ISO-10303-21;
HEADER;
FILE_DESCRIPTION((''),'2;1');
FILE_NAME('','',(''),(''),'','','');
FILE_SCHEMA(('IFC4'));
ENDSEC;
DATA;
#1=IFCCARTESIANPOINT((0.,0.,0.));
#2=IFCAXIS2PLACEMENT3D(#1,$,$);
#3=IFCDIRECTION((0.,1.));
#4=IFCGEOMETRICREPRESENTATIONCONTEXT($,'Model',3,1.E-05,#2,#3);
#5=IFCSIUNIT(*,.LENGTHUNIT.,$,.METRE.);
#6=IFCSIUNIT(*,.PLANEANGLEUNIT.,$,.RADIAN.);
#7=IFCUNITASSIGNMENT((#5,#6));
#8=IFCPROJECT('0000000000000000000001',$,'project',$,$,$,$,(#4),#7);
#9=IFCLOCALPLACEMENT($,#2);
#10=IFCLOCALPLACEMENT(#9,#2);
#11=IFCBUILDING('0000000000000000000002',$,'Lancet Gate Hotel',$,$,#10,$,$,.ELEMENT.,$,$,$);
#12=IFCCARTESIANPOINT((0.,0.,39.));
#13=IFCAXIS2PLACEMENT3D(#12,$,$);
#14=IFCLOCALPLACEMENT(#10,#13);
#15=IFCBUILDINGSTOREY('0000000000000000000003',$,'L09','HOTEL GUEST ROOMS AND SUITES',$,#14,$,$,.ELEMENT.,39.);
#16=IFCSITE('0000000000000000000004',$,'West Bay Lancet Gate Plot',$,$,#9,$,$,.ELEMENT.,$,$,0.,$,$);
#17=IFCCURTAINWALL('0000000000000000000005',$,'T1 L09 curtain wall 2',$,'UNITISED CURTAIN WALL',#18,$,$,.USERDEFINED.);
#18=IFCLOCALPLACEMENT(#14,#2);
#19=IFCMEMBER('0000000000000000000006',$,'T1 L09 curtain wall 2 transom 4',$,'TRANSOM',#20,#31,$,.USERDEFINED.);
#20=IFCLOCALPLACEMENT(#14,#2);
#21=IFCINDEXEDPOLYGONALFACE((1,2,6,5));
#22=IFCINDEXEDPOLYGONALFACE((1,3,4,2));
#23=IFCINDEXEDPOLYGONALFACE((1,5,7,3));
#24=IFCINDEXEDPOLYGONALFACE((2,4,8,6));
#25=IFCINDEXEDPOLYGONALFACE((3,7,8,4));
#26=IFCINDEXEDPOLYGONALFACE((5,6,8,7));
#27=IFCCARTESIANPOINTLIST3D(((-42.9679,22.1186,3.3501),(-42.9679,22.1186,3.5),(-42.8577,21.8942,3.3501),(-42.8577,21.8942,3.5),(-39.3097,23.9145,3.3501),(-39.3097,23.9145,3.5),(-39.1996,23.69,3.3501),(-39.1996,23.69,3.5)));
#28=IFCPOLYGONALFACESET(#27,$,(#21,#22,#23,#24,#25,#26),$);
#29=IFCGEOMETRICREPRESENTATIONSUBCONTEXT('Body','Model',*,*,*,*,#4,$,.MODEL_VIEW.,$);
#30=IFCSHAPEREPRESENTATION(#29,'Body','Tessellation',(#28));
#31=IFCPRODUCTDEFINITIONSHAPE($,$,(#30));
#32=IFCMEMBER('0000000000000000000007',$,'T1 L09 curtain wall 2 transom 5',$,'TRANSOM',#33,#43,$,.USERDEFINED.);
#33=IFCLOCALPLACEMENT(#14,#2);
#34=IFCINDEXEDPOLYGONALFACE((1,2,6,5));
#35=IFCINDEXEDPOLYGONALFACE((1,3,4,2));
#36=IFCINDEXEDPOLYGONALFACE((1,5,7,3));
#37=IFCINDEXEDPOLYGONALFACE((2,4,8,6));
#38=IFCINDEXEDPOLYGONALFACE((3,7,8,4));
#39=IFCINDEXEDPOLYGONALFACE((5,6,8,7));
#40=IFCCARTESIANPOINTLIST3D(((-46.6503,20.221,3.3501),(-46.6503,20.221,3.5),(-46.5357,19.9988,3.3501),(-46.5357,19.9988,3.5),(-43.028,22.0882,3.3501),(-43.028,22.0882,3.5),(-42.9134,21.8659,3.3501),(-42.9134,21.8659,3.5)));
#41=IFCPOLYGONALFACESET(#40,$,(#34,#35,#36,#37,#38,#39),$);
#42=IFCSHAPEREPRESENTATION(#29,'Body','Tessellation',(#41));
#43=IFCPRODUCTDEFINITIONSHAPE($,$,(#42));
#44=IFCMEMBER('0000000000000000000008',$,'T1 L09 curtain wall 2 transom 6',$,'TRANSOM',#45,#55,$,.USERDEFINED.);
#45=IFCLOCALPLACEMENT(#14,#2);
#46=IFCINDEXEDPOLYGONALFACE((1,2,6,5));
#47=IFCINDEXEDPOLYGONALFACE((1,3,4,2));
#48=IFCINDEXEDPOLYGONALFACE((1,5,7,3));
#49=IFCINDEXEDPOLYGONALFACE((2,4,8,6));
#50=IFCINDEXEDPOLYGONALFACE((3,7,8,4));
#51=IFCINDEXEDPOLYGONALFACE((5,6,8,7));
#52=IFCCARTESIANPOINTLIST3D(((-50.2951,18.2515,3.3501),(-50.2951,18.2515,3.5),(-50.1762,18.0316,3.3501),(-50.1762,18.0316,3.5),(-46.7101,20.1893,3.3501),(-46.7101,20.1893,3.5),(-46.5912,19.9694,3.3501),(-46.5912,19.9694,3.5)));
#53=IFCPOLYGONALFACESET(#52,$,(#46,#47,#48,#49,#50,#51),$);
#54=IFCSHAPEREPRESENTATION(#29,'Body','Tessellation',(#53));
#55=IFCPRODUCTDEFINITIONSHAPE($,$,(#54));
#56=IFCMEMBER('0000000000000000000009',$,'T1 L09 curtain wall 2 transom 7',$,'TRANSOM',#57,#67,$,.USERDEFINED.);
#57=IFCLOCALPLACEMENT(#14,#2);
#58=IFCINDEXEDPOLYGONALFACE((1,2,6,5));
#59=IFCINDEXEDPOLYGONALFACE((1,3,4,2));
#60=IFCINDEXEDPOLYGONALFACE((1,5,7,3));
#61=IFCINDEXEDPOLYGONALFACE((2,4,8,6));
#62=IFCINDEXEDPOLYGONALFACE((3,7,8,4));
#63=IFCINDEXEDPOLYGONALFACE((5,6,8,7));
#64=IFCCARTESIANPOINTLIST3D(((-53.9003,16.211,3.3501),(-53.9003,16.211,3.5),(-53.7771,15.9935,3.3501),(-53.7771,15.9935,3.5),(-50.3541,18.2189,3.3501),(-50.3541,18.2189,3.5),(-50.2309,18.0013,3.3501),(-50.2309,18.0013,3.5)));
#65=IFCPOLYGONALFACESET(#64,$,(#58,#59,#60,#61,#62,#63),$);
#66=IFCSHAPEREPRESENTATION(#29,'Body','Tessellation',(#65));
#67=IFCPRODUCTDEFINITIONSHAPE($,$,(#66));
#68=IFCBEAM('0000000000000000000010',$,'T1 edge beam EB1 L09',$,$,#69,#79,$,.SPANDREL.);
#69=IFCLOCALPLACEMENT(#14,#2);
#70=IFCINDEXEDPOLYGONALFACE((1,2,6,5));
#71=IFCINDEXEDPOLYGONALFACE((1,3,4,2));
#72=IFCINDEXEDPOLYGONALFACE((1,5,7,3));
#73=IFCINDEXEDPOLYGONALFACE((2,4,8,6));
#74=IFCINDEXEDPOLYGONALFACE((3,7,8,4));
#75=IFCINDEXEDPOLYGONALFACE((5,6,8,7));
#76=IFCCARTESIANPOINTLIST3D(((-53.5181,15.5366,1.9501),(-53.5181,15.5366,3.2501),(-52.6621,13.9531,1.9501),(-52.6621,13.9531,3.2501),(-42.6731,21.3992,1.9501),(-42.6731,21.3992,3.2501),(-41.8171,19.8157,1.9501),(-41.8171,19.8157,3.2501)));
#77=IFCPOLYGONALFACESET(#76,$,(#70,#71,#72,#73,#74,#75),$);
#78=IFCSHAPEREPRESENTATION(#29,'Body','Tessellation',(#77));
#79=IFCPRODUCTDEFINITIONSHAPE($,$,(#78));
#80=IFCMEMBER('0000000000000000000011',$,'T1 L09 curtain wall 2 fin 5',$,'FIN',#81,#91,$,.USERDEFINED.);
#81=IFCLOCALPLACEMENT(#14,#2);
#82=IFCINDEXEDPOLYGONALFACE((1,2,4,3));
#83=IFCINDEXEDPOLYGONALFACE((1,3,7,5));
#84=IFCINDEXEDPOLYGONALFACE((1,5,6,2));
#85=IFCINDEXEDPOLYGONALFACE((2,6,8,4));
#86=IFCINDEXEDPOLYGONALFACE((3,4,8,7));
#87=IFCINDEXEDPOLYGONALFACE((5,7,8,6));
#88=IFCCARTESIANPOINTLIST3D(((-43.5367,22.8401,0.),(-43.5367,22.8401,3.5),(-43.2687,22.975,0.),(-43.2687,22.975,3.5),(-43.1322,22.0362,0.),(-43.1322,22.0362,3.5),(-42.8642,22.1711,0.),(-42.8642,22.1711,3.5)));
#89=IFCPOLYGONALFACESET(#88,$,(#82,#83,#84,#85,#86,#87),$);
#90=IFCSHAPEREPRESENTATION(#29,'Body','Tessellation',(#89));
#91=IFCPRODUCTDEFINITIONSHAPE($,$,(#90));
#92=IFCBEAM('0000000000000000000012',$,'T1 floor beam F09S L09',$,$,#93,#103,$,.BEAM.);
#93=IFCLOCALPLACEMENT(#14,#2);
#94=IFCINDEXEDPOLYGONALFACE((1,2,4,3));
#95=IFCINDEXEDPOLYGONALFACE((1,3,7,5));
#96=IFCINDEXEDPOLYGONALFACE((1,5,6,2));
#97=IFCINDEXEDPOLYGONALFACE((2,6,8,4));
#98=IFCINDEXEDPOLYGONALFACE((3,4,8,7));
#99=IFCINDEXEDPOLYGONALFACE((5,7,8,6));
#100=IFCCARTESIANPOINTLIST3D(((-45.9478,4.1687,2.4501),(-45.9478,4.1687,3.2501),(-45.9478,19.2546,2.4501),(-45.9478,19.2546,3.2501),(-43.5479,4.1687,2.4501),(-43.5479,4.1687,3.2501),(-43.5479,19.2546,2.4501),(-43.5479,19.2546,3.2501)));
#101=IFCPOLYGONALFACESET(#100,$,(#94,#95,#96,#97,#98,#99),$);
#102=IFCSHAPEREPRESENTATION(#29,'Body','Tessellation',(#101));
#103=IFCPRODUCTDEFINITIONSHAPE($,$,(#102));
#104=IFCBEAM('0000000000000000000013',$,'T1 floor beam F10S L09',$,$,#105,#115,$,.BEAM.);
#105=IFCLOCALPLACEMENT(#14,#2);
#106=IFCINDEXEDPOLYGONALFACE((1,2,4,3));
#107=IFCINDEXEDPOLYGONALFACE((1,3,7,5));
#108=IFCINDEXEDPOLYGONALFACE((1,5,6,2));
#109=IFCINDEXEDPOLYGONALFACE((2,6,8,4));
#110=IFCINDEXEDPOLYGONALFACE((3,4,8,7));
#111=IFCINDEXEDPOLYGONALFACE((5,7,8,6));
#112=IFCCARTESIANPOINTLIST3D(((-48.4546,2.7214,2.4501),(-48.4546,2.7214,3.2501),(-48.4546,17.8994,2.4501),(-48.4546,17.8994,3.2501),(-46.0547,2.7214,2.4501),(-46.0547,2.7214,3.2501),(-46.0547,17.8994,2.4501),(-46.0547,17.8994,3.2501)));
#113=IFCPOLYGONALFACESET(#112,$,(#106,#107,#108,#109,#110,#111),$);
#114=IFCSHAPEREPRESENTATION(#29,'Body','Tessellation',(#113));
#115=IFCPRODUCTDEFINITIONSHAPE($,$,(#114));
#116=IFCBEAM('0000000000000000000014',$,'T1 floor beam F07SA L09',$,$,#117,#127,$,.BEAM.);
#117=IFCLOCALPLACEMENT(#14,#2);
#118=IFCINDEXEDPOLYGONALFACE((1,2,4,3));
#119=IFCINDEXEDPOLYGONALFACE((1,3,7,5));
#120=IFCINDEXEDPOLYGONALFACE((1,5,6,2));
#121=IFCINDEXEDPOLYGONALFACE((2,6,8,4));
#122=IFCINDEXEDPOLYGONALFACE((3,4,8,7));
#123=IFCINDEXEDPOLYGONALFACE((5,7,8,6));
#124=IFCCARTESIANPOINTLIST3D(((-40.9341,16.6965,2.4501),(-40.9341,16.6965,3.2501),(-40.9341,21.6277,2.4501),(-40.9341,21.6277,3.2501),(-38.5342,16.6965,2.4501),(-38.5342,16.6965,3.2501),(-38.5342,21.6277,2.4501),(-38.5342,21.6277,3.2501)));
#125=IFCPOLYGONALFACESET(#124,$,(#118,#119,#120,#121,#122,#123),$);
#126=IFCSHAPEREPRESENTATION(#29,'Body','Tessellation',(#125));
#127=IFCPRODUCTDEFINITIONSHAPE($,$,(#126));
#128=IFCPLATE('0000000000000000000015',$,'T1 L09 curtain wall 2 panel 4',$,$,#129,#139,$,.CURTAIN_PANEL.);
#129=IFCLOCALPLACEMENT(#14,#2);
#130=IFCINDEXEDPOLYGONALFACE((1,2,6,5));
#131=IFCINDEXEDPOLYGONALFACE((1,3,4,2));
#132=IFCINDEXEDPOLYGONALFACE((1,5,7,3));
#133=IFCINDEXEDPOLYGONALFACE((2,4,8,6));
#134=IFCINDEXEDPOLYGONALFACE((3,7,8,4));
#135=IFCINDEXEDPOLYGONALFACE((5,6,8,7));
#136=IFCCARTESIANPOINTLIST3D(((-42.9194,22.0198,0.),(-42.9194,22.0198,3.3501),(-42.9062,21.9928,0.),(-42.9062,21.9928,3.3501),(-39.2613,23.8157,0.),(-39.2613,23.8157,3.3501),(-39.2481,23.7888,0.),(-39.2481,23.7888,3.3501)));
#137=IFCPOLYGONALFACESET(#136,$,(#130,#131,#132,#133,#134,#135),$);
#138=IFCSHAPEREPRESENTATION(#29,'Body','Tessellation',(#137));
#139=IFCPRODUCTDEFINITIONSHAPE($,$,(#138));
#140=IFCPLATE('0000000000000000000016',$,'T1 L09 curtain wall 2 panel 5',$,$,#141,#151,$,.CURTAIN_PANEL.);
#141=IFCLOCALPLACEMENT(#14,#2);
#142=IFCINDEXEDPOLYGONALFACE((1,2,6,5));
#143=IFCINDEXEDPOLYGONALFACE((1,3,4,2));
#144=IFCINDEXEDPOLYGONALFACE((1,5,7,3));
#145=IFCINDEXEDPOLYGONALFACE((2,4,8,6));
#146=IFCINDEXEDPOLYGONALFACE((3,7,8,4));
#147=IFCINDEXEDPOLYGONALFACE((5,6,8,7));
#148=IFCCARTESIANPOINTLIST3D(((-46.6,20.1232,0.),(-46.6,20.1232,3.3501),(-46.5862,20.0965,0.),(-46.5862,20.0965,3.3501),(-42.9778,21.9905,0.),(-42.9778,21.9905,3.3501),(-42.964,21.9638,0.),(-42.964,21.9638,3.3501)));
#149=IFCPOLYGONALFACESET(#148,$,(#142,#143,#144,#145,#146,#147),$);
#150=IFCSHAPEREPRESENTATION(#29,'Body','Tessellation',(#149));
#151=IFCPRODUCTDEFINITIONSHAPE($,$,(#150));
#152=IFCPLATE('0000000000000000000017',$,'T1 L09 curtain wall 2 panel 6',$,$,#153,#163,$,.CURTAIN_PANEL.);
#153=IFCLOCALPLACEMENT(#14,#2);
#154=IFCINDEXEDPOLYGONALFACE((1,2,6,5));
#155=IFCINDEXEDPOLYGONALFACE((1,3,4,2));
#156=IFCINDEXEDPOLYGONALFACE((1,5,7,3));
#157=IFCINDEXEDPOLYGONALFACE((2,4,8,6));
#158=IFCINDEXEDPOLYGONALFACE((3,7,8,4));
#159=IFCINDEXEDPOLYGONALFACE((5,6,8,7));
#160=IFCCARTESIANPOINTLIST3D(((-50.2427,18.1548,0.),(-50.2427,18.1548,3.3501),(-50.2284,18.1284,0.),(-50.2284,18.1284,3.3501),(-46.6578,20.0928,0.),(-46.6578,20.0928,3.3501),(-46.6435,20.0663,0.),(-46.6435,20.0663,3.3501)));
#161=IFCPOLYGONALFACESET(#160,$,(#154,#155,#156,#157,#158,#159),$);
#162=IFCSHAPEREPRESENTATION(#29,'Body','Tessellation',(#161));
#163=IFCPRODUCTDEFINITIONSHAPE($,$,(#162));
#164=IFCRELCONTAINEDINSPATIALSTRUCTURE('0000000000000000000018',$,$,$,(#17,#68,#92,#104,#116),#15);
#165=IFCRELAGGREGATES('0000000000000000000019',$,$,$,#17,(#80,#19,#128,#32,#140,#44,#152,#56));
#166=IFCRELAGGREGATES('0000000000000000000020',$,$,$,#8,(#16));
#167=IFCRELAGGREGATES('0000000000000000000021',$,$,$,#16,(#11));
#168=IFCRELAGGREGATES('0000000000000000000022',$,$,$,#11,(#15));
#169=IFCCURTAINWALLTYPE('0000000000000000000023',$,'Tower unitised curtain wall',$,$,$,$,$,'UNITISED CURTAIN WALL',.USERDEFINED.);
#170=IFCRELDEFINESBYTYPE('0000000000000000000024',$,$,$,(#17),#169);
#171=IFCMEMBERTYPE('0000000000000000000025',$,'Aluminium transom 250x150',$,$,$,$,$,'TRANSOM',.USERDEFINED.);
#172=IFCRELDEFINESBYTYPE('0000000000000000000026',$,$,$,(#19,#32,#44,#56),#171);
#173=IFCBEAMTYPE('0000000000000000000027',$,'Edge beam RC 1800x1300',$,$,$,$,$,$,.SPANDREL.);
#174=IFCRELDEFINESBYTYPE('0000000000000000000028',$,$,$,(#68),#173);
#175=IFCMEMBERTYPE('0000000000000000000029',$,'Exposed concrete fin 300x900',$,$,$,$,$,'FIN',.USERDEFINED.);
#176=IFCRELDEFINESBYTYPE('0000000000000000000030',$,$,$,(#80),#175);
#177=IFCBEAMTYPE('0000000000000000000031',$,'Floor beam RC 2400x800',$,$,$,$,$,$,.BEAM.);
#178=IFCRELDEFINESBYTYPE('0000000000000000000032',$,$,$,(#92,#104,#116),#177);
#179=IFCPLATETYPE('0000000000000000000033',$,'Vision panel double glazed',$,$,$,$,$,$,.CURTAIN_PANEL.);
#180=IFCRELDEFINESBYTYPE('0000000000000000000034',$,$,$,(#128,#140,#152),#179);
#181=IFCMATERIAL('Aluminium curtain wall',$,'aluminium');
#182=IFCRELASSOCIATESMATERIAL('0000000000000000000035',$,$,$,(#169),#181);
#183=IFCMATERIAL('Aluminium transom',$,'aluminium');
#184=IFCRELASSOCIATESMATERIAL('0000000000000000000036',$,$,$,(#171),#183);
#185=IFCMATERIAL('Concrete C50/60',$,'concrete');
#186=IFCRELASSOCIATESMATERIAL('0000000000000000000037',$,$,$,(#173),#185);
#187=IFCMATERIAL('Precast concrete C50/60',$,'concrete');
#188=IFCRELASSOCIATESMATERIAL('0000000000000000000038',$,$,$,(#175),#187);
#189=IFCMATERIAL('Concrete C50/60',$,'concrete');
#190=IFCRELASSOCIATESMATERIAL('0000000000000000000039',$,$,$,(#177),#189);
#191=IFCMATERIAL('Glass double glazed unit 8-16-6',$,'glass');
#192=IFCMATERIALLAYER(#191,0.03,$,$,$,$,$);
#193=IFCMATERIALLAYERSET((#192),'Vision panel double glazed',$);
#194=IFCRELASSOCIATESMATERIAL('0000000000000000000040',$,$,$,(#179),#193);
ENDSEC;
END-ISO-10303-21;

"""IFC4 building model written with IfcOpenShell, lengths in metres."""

from ifc_helpers import new_model, si_unit, direction, frame, origin, origin_2d, place, context, subcontext, project, spatial, rectangle, extrude, material, layer, layer_set, material_profile, profile_set, type_object, element, aggregate, save


model = new_model("IFC4")

# Units and contexts
model_context = context("Model", 3, precision=1e-05, world=origin(), true_north=direction((0.0, 1.0)))
body_context = subcontext(model_context, "Body", "Model", "MODEL_VIEW")
ifc_project = project(units=[si_unit("LENGTHUNIT", "METRE"), si_unit("PLANEANGLEUNIT", "RADIAN")], contexts=[model_context])

# Site, building, storey
site_placement = place(None, origin())
site = spatial("IfcSite", under=ifc_project, at=site_placement, Name="West Bay Lancet Gate Plot", CompositionType="ELEMENT", RefElevation=0.0)
building_placement = place(site_placement, origin())
building = spatial("IfcBuilding", under=site, at=building_placement, Name="Lancet Gate Hotel", CompositionType="ELEMENT")
storey_placement = place(building_placement, frame((0.0, 0.0, 39.0)))
storey = spatial("IfcBuildingStorey", under=building, at=storey_placement, Name="L09", Description="HOTEL GUEST ROOMS AND SUITES", CompositionType="ELEMENT", Elevation=39.0)

# Curtain wall, members
ifc_material_1 = material(Name="Aluminium curtain wall", Category="aluminium")
curtain_wall_type = type_object("IfcCurtainWallType", Name="Tower unitised curtain wall", ElementType="UNITISED CURTAIN WALL", PredefinedType="USERDEFINED", material=ifc_material_1)
curtain_wall_placement = place(storey_placement, origin())
curtain_wall = element("IfcCurtainWall", 1, at=curtain_wall_placement, inside=storey, type_object=curtain_wall_type, Name="T1 L09 curtain wall 2", ObjectType="UNITISED CURTAIN WALL", PredefinedType="USERDEFINED")
ifc_material_2 = material(Name="Aluminium transom", Category="aluminium")
ifc_material_profile_1 = material_profile(ifc_material_2, rectangle(XDim=0.25, YDim=0.1499, at=origin_2d()), Name="TRANSOM 250x150")
ifc_profile_set_1 = profile_set([ifc_material_profile_1], Name="Aluminium transom")
member_type_1 = type_object("IfcMemberType", Name="Aluminium transom 250x150", ElementType="TRANSOM", PredefinedType="USERDEFINED", material=ifc_profile_set_1)
member_1_placement = place(storey_placement, frame((-39.2546, 23.8022, 3.425), z_axis=(-0.897662, -0.440684, 0.0), x_axis=(0.440684, -0.897662, 0.0)))
member_1 = element("IfcMember", 2, at=member_1_placement, type_object=member_type_1, Name="T1 L09 curtain wall 2 transom 4", ObjectType="TRANSOM", PredefinedType="USERDEFINED", context=body_context, shape_type="SweptSolid", body=[
    extrude(rectangle(XDim=0.25, YDim=0.1499, at=origin_2d()), origin(), (0.0, 0.0, 1.0), 4.0752),
])
member_2_placement = place(storey_placement, frame((-42.9707, 21.9771, 3.425), z_axis=(-0.88886, -0.458179, 0.0), x_axis=(0.458179, -0.88886, 0.0)))
member_2 = element("IfcMember", 3, at=member_2_placement, type_object=member_type_1, Name="T1 L09 curtain wall 2 transom 5", ObjectType="TRANSOM", PredefinedType="USERDEFINED", context=body_context, shape_type="SweptSolid", body=[
    extrude(rectangle(XDim=0.25, YDim=0.1499, at=origin_2d()), origin(), (0.0, 0.0, 1.0), 4.0752),
])
member_3_placement = place(storey_placement, frame((-46.6506, 20.0793, 3.425), z_axis=(-0.879714, -0.475503, 0.0), x_axis=(0.475503, -0.879714, 0.0)))
member_3 = element("IfcMember", 4, at=member_3_placement, type_object=member_type_1, Name="T1 L09 curtain wall 2 transom 6", ObjectType="TRANSOM", PredefinedType="USERDEFINED", context=body_context, shape_type="SweptSolid", body=[
    extrude(rectangle(XDim=0.25, YDim=0.1499, at=origin_2d()), origin(), (0.0, 0.0, 1.0), 4.0752),
])
member_4_placement = place(storey_placement, frame((-50.2925, 18.1101, 3.425), z_axis=(-0.870198, -0.492703, 0.0), x_axis=(0.492703, -0.870198, 0.0)))
member_4 = element("IfcMember", 5, at=member_4_placement, type_object=member_type_1, Name="T1 L09 curtain wall 2 transom 7", ObjectType="TRANSOM", PredefinedType="USERDEFINED", context=body_context, shape_type="SweptSolid", body=[
    extrude(rectangle(XDim=0.25, YDim=0.1499, at=origin_2d()), origin(), (0.0, 0.0, 1.0), 4.0752),
])

# Beam
ifc_material_3 = material(Name="Concrete C50/60", Category="concrete")
ifc_material_profile_2 = material_profile(ifc_material_3, rectangle(XDim=1.8, YDim=1.3, at=origin_2d()), Name="RC 1800x1300")
ifc_profile_set_2 = profile_set([ifc_material_profile_2], Name="Concrete C50/60")
beam_type_1 = type_object("IfcBeamType", Name="Edge beam RC 1800x1300", PredefinedType="SPANDREL", material=ifc_profile_set_2)
beam_1_placement = place(storey_placement, frame((-42.2451, 20.6074, 2.6001), z_axis=(-0.879693, -0.475542, 0.0), x_axis=(0.475542, -0.879693, 0.0)))
element("IfcBeam", 6, at=beam_1_placement, inside=storey, type_object=beam_type_1, Name="T1 edge beam EB1 L09", PredefinedType="SPANDREL", context=body_context, shape_type="SweptSolid", body=[
    extrude(rectangle(XDim=1.8, YDim=1.3, at=origin_2d()), origin(), (0.0, 0.0, 1.0), 12.3281),
])

# Member
ifc_material_4 = material(Name="Precast concrete C50/60", Category="concrete")
ifc_material_profile_3 = material_profile(ifc_material_4, rectangle(XDim=0.3, YDim=0.8999, at=origin_2d()), Name="FIN 300x900")
ifc_profile_set_3 = profile_set([ifc_material_profile_3], Name="Precast concrete C50/60")
member_type_2 = type_object("IfcMemberType", Name="Exposed concrete fin 300x900", ElementType="FIN", PredefinedType="USERDEFINED", material=ifc_profile_set_3)
member_5_placement = place(storey_placement, frame((-43.2004, 22.5056, 0.0), z_axis=(0.0, 0.0, 1.0), x_axis=(-0.893292, -0.449478, 0.0)))
member_5 = element("IfcMember", 7, at=member_5_placement, type_object=member_type_2, Name="T1 L09 curtain wall 2 fin 5", ObjectType="FIN", PredefinedType="USERDEFINED", context=body_context, shape_type="SweptSolid", body=[
    extrude(rectangle(XDim=0.3, YDim=0.8999, at=origin_2d()), origin(), (0.0, 0.0, 1.0), 3.5),
])

# Beams
ifc_material_5 = material(Name="Concrete C50/60", Category="concrete")
ifc_material_profile_4 = material_profile(ifc_material_5, rectangle(XDim=2.3999, YDim=0.8, at=origin_2d()), Name="RC 2400x800")
ifc_profile_set_4 = profile_set([ifc_material_profile_4], Name="Concrete C50/60")
beam_type_2 = type_object("IfcBeamType", Name="Floor beam RC 2400x800", PredefinedType="BEAM", material=ifc_profile_set_4)
beam_2_placement = place(storey_placement, frame((-44.7478, 19.2546, 2.8501), z_axis=(0.0, -1.0, 0.0), x_axis=(1.0, 0.0, 0.0)))
element("IfcBeam", 8, at=beam_2_placement, inside=storey, type_object=beam_type_2, Name="T1 floor beam F09S L09", PredefinedType="BEAM", context=body_context, shape_type="SweptSolid", body=[
    extrude(rectangle(XDim=2.3999, YDim=0.8, at=origin_2d()), origin(), (0.0, 0.0, 1.0), 15.0859),
])
beam_3_placement = place(storey_placement, frame((-47.2546, 17.8994, 2.8501), z_axis=(0.0, -1.0, 0.0), x_axis=(1.0, 0.0, 0.0)))
element("IfcBeam", 9, at=beam_3_placement, inside=storey, type_object=beam_type_2, Name="T1 floor beam F10S L09", PredefinedType="BEAM", context=body_context, shape_type="SweptSolid", body=[
    extrude(rectangle(XDim=2.3999, YDim=0.8, at=origin_2d()), origin(), (0.0, 0.0, 1.0), 15.178),
])
beam_4_placement = place(storey_placement, frame((-39.7341, 21.6277, 2.8501), z_axis=(0.0, -1.0, 0.0), x_axis=(1.0, 0.0, 0.0)))
element("IfcBeam", 10, at=beam_4_placement, inside=storey, type_object=beam_type_2, Name="T1 floor beam F07SA L09", PredefinedType="BEAM", context=body_context, shape_type="SweptSolid", body=[
    extrude(rectangle(XDim=2.3999, YDim=0.8, at=origin_2d()), origin(), (0.0, 0.0, 1.0), 4.9312),
])

# Plates
ifc_material_6 = material(Name="Glass double glazed unit 8-16-6", Category="glass")
ifc_layer = layer(ifc_material_6, 0.03)
ifc_layer_set = layer_set([ifc_layer], Name="Vision panel double glazed")
plate_type = type_object("IfcPlateType", Name="Vision panel double glazed", PredefinedType="CURTAIN_PANEL", material=ifc_layer_set)
plate_1_placement = place(storey_placement, frame((-41.0837, 22.9043, 0.0), z_axis=(0.0, 0.0, 1.0), x_axis=(-0.897653, -0.440702, 0.0)))
plate_1 = element("IfcPlate", 11, at=plate_1_placement, type_object=plate_type, Name="T1 L09 curtain wall 2 panel 4", PredefinedType="CURTAIN_PANEL", context=body_context, shape_type="SweptSolid", body=[
    extrude(rectangle(XDim=4.0752, YDim=0.03, at=origin_2d()), origin(), (0.0, 0.0, 1.0), 3.3501),
])
plate_2_placement = place(storey_placement, frame((-44.782, 21.0435, 0.0), z_axis=(0.0, 0.0, 1.0), x_axis=(-0.888844, -0.45821, 0.0)))
plate_2 = element("IfcPlate", 12, at=plate_2_placement, type_object=plate_type, Name="T1 L09 curtain wall 2 panel 5", PredefinedType="CURTAIN_PANEL", context=body_context, shape_type="SweptSolid", body=[
    extrude(rectangle(XDim=4.0752, YDim=0.03, at=origin_2d()), origin(), (0.0, 0.0, 1.0), 3.3501),
])
plate_3_placement = place(storey_placement, frame((-48.4431, 19.1106, 0.0), z_axis=(0.0, 0.0, 1.0), x_axis=(-0.879693, -0.475541, 0.0)))
plate_3 = element("IfcPlate", 13, at=plate_3_placement, type_object=plate_type, Name="T1 L09 curtain wall 2 panel 6", PredefinedType="CURTAIN_PANEL", context=body_context, shape_type="SweptSolid", body=[
    extrude(rectangle(XDim=4.0752, YDim=0.03, at=origin_2d()), origin(), (0.0, 0.0, 1.0), 3.3501),
])
aggregate(curtain_wall, [member_5, member_1, plate_1, member_2, plate_2, member_3, plate_3, member_4])

save(model, "model.ifc")
